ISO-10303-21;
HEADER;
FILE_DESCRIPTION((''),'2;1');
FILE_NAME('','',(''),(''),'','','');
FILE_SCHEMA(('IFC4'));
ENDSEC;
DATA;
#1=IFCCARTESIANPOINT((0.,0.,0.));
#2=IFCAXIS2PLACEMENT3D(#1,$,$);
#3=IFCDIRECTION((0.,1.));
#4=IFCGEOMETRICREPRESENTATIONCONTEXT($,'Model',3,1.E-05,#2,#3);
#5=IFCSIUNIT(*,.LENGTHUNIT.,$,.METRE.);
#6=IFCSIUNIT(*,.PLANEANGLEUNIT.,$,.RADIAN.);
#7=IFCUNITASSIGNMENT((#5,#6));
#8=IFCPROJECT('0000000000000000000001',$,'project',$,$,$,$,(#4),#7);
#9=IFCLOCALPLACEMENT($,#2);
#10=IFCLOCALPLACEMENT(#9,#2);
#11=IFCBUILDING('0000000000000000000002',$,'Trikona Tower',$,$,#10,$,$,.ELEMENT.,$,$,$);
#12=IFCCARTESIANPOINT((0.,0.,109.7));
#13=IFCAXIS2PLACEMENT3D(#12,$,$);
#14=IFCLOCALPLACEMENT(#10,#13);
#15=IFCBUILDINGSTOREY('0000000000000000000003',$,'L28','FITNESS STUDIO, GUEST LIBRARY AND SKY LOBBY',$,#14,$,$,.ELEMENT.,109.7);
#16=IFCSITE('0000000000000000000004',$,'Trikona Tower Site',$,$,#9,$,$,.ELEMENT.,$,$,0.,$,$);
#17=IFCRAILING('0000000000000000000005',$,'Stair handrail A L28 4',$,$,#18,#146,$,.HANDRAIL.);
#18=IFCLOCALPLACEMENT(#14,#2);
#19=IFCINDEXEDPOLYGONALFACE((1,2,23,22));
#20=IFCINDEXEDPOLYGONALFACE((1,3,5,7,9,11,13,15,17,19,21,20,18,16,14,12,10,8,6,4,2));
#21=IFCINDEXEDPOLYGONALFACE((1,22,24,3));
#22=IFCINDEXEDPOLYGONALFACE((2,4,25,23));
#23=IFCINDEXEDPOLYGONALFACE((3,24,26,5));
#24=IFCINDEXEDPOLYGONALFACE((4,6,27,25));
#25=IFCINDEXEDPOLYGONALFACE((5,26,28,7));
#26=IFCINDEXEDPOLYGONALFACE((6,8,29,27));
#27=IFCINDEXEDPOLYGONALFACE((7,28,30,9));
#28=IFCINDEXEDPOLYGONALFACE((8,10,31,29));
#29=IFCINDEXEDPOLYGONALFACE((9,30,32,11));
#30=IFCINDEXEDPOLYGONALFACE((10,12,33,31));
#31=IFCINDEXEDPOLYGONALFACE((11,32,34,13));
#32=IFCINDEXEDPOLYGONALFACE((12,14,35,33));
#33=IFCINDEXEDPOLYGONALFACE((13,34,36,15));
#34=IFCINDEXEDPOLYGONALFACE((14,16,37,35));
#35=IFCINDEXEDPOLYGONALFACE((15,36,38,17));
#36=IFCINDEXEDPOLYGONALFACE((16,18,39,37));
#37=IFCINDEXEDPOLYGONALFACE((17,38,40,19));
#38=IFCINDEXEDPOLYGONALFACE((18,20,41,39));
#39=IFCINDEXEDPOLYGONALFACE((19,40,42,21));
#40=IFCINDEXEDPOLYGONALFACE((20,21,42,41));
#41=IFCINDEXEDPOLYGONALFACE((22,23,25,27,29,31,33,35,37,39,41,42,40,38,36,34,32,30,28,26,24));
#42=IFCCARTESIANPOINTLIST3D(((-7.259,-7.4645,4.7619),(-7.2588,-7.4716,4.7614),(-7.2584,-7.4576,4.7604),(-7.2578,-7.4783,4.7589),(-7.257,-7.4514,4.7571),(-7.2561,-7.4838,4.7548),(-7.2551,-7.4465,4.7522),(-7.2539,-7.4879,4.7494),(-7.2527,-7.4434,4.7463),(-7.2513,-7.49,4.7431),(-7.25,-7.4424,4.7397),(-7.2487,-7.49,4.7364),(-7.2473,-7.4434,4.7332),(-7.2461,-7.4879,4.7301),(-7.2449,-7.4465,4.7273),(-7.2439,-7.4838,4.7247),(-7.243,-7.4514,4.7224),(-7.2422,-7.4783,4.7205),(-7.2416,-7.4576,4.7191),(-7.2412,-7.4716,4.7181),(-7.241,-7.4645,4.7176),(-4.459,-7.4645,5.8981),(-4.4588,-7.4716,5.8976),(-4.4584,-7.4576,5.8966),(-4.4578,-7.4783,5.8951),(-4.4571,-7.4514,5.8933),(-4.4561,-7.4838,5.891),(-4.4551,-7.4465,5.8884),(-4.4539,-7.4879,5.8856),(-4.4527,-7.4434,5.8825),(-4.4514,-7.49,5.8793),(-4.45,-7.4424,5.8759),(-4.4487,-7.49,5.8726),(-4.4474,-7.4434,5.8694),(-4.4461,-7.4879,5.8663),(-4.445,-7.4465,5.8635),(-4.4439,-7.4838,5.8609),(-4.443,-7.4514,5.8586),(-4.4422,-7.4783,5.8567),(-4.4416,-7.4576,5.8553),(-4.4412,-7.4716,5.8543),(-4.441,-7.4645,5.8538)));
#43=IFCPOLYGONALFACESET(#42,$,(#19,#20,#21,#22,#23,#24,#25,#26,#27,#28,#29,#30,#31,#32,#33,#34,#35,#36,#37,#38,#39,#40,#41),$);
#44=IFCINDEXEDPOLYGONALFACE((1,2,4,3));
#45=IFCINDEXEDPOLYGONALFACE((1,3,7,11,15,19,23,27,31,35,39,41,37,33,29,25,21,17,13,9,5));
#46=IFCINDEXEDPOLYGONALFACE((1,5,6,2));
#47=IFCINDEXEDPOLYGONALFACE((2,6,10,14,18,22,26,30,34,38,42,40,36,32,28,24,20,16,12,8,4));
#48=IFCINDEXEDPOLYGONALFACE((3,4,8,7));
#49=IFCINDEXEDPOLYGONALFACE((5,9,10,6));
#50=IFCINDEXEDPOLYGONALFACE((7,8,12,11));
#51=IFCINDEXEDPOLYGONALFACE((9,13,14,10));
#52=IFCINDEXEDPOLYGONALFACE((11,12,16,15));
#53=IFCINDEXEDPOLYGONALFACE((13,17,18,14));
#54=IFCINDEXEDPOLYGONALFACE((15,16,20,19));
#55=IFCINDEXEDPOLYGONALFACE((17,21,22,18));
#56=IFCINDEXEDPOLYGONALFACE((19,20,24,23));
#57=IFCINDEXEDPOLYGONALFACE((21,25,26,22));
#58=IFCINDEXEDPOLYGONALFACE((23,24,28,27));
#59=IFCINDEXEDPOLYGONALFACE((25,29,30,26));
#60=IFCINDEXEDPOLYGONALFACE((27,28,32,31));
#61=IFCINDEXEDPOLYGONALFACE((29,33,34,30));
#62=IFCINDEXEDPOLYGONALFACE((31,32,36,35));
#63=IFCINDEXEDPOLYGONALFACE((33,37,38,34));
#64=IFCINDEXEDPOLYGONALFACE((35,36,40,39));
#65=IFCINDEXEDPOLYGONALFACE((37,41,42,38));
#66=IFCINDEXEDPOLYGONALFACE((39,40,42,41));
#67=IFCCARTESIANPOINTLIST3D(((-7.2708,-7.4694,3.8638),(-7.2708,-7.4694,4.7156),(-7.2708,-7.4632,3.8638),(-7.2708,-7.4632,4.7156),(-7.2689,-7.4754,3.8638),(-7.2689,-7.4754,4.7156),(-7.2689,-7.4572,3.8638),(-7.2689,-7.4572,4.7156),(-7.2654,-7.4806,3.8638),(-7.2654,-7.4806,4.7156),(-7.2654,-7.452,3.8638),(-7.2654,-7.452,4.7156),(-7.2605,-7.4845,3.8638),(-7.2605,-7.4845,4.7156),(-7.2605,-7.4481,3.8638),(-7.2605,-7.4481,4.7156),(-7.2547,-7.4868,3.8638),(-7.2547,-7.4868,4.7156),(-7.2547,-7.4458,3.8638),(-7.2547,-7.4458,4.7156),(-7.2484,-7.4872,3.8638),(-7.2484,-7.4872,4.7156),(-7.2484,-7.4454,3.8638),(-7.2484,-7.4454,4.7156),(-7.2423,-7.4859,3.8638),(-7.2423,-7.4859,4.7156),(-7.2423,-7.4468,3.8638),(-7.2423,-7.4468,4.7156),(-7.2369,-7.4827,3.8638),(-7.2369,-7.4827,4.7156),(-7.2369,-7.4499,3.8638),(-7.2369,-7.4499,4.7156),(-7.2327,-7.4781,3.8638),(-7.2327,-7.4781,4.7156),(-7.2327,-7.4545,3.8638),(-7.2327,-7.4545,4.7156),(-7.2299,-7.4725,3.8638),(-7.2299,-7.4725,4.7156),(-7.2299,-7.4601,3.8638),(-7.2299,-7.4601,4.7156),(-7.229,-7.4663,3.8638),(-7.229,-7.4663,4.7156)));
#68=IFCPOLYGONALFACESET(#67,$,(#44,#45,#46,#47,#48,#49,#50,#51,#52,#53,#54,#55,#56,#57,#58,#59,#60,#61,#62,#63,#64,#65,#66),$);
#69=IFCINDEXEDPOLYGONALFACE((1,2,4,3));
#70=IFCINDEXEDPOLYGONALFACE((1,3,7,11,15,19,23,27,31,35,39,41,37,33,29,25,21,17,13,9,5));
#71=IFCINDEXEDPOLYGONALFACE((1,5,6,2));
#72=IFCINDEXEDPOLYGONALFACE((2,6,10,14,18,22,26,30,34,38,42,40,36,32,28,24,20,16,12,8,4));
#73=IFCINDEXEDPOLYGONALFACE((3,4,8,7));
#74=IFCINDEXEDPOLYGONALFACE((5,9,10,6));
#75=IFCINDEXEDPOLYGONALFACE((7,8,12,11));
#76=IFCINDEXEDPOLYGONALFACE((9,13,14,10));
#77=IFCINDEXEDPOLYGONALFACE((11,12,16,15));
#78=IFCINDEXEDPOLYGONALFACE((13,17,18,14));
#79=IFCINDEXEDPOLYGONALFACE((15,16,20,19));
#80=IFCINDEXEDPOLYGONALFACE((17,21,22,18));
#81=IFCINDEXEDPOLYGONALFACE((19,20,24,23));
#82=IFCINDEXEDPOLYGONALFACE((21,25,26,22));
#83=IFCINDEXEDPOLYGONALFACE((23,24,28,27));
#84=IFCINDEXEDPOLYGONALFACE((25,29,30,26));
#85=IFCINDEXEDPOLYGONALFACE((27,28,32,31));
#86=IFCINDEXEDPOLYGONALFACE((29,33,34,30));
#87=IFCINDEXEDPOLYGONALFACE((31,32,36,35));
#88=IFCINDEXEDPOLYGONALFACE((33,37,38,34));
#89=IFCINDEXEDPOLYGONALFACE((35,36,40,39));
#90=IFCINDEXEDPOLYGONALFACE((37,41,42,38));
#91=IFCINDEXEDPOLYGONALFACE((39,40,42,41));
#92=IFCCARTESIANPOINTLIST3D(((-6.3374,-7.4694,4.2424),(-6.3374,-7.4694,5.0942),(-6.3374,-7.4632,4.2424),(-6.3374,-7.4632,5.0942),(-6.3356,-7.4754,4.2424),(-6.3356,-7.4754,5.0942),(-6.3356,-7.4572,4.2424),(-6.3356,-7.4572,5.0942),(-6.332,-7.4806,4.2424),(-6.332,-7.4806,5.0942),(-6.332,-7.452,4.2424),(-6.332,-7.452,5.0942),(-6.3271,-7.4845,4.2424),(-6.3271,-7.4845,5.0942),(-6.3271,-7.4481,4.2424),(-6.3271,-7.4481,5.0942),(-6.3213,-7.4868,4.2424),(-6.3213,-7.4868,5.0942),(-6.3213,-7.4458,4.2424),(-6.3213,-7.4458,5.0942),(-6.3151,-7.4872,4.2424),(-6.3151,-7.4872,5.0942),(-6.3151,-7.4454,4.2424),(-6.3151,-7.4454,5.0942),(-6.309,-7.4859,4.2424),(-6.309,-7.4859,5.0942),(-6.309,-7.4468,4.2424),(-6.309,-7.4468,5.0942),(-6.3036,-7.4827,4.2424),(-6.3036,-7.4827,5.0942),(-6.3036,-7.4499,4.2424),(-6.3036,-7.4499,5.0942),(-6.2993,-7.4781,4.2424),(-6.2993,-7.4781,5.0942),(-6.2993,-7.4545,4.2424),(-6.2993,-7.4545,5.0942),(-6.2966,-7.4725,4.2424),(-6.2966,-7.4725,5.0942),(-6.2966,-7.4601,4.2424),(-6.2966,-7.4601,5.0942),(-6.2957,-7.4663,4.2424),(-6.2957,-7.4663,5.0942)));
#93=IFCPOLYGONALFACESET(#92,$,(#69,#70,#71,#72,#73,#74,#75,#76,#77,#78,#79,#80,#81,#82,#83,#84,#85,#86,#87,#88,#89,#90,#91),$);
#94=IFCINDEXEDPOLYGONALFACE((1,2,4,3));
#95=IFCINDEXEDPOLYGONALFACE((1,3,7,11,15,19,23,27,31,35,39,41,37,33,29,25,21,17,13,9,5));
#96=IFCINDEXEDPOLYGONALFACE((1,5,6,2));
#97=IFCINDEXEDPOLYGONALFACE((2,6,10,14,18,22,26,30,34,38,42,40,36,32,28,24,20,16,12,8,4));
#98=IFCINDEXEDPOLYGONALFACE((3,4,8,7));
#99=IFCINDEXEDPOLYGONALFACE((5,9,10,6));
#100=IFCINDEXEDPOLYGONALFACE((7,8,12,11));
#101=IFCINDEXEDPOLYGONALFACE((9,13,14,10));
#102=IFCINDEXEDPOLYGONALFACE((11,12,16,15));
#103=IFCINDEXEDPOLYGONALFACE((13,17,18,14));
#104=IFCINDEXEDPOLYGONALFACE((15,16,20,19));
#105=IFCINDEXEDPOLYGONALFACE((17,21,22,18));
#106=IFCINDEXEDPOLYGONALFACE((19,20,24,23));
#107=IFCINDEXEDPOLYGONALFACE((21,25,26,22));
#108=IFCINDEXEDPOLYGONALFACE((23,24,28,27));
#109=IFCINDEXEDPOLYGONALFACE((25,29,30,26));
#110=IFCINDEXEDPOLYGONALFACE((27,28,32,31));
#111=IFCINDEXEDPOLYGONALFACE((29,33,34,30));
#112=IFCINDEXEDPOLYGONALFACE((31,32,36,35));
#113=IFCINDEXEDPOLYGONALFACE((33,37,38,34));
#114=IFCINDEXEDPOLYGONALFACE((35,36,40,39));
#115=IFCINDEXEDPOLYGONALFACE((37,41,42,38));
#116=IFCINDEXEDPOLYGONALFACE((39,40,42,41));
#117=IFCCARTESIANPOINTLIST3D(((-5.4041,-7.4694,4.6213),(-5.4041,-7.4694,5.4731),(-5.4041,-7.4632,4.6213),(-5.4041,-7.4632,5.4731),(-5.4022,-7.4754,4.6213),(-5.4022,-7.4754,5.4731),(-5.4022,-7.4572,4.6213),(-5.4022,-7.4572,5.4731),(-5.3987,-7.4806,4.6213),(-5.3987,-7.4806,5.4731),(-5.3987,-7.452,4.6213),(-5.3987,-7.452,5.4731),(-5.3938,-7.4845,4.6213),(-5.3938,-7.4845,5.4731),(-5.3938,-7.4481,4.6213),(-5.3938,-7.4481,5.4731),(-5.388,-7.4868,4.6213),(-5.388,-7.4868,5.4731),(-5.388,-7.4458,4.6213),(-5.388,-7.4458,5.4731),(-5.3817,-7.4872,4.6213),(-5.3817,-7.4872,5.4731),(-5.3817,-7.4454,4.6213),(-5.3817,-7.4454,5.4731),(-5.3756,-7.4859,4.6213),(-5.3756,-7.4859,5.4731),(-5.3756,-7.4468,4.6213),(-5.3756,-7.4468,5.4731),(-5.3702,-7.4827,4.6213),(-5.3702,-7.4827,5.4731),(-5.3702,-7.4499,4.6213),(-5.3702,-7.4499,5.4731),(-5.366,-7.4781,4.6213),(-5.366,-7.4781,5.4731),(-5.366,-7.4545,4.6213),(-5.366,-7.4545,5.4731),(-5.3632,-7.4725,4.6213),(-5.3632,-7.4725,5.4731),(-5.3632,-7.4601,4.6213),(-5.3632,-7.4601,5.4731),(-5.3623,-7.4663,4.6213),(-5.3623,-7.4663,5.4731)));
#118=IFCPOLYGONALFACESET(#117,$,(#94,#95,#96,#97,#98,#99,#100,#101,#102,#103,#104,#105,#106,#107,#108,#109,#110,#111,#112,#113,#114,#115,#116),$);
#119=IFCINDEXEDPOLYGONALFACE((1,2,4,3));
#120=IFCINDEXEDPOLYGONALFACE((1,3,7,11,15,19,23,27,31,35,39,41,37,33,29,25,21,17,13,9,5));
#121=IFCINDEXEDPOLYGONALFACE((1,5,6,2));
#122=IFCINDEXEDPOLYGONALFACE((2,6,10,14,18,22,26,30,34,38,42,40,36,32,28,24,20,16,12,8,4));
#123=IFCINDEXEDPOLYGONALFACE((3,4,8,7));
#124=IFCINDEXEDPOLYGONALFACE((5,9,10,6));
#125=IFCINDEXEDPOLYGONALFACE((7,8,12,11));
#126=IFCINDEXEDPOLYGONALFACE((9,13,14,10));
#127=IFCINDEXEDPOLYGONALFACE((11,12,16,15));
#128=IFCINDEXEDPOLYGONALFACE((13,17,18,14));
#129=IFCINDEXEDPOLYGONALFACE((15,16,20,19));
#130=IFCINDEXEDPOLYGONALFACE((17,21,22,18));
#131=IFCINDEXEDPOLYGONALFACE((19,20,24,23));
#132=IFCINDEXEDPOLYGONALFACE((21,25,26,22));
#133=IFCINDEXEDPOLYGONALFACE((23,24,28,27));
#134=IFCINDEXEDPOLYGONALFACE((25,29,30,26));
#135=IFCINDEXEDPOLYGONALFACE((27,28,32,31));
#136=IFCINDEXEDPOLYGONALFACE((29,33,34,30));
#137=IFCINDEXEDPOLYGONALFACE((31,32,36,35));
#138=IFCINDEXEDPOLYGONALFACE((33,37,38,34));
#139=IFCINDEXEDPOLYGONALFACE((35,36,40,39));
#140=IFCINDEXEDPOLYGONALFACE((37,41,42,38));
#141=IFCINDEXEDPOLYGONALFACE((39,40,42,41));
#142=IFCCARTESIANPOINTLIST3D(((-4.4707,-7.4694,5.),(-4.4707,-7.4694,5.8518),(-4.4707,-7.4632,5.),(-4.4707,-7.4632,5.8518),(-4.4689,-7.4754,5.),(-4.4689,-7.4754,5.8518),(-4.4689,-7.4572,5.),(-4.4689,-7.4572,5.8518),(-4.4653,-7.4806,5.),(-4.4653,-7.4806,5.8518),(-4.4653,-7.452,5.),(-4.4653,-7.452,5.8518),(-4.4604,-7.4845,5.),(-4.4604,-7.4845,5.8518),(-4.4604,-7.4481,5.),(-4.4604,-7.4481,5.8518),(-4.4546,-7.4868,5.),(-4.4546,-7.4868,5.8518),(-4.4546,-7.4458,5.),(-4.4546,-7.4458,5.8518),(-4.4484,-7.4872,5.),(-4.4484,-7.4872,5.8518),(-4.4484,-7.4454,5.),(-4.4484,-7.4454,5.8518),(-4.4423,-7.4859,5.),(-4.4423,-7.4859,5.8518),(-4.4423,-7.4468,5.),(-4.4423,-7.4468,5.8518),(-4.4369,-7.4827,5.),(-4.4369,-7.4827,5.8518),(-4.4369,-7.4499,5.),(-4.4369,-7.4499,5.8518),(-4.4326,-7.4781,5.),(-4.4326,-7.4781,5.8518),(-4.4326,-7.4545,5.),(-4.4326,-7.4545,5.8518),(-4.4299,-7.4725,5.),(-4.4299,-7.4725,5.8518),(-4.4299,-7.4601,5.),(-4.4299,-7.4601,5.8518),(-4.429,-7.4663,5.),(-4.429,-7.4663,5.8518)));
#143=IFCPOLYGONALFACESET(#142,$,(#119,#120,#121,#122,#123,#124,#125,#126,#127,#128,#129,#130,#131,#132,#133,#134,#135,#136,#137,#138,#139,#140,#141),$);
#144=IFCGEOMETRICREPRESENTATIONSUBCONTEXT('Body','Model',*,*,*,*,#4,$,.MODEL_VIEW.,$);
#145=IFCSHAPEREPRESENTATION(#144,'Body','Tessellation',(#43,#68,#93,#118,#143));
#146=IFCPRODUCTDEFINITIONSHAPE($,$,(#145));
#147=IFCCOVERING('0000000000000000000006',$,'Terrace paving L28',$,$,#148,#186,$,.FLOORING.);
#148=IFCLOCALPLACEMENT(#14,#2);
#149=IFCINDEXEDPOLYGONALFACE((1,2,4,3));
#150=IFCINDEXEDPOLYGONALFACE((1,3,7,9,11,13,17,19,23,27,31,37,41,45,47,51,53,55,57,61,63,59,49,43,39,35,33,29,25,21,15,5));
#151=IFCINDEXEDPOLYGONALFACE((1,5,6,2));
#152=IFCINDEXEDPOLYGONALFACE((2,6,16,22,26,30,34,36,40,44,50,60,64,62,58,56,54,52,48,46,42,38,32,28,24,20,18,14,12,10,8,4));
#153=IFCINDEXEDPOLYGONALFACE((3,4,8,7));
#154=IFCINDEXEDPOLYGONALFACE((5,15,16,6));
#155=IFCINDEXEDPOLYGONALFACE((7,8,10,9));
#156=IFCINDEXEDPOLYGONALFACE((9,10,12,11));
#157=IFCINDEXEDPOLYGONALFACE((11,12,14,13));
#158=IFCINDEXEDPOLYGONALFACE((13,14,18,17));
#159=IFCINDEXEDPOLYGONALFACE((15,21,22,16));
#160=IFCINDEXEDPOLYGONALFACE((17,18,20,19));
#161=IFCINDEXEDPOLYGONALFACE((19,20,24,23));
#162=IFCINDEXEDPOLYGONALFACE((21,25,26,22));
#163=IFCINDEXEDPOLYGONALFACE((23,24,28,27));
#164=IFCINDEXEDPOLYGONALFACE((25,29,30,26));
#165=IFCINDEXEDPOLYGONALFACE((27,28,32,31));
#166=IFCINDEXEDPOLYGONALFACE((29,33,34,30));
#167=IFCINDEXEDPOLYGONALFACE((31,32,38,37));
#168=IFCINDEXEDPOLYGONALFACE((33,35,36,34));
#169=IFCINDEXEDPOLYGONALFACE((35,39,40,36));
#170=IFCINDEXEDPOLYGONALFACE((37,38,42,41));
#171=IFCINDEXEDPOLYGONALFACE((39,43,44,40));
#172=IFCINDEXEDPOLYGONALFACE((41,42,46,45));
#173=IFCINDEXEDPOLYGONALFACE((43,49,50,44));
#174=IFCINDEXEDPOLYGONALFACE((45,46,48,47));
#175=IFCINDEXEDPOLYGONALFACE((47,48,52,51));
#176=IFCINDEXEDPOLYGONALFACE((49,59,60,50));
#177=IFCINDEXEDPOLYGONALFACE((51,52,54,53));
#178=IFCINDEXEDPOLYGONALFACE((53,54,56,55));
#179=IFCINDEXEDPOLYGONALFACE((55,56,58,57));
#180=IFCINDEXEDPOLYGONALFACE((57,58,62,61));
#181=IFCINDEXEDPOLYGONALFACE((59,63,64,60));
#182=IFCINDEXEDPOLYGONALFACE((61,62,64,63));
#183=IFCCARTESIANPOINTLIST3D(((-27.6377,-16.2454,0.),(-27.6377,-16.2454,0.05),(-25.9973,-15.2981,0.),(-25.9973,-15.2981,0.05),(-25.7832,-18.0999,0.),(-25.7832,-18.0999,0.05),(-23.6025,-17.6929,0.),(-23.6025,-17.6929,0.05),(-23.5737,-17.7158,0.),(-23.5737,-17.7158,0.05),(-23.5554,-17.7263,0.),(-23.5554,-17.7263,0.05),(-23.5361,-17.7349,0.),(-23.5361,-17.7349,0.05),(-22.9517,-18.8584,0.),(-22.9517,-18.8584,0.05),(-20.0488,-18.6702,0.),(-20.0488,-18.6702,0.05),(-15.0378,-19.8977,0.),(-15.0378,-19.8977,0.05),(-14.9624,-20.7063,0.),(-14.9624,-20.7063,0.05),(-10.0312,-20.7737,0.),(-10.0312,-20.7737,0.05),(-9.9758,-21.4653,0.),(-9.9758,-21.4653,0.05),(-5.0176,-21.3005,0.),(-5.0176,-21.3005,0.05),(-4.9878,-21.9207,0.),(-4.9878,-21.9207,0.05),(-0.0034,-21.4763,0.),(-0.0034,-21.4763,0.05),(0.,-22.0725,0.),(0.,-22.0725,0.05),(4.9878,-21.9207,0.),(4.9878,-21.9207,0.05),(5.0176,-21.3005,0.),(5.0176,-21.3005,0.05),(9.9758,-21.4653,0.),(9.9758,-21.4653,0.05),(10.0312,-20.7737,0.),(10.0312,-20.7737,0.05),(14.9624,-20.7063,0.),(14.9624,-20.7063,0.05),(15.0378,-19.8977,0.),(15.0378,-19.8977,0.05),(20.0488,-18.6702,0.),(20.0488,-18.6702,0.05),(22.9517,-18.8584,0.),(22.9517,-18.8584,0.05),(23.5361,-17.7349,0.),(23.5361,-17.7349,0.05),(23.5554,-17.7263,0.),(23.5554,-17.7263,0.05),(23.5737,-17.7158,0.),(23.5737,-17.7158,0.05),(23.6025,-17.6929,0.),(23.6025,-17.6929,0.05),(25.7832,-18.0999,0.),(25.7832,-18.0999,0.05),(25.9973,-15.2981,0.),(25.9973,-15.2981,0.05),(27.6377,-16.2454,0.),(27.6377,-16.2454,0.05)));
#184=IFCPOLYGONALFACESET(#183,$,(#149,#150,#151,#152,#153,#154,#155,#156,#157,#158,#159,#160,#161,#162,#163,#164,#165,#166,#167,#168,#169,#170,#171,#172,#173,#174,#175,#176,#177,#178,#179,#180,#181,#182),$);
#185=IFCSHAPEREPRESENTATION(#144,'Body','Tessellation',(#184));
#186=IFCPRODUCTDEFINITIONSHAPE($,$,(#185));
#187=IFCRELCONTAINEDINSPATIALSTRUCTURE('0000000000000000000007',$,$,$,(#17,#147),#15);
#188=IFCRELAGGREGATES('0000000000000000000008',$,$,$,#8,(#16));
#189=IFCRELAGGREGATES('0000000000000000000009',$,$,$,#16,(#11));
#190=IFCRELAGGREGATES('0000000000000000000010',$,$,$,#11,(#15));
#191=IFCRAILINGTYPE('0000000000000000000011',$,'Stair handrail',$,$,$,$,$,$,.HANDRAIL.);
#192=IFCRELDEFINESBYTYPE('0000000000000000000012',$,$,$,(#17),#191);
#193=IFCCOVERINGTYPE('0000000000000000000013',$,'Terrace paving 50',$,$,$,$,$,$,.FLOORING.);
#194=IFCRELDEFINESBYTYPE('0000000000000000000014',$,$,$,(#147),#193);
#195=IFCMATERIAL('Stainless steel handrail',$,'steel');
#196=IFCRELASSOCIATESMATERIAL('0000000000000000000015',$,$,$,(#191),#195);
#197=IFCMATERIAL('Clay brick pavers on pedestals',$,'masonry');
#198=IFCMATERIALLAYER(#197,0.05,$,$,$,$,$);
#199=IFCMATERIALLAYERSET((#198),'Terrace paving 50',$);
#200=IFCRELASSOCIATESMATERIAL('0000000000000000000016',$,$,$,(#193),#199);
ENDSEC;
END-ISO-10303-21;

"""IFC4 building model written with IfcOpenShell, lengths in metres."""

from ifc_helpers import new_model, si_unit, direction, frame, origin, origin_2d, place, context, subcontext, project, spatial, polyline, circle, outline, extrude, material, layer, layer_set, type_object, element, save


model = new_model("IFC4")

# Units and contexts
model_context = context("Model", 3, precision=1e-05, world=origin(), true_north=direction((0.0, 1.0)))
body_context = subcontext(model_context, "Body", "Model", "MODEL_VIEW")
ifc_project = project(units=[si_unit("LENGTHUNIT", "METRE"), si_unit("PLANEANGLEUNIT", "RADIAN")], contexts=[model_context])

# Site, building, storey
site_placement = place(None, origin())
site = spatial("IfcSite", under=ifc_project, at=site_placement, Name="Trikona Tower Site", CompositionType="ELEMENT", RefElevation=0.0)
building_placement = place(site_placement, origin())
building = spatial("IfcBuilding", under=site, at=building_placement, Name="Trikona Tower", CompositionType="ELEMENT")
storey_placement = place(building_placement, frame((0.0, 0.0, 109.7)))
storey = spatial("IfcBuildingStorey", under=building, at=storey_placement, Name="L28", Description="FITNESS STUDIO, GUEST LIBRARY AND SKY LOBBY", CompositionType="ELEMENT", Elevation=109.7)

# Railing
ifc_material_1 = material(Name="Stainless steel handrail", Category="steel")
railing_type = type_object("IfcRailingType", Name="Stair handrail", PredefinedType="HANDRAIL", material=ifc_material_1)
railing_1_placement = place(storey_placement, frame((-7.25, -7.4663, 3.8638)))
element("IfcRailing", 1, at=railing_1_placement, inside=storey, type_object=railing_type, Name="Stair handrail A L28 4", PredefinedType="HANDRAIL", context=body_context, shape_type="SweptSolid", body=[
    extrude(circle(Radius=0.0239, at=origin_2d()), frame((0.0, 0.0, 0.876), z_axis=(0.926615, 0.0, 0.376011), x_axis=(0.0, 1.0, 0.0)), (0.0, 0.0, 1.0), 3.0217),
    extrude(circle(Radius=0.021, at=origin_2d()), origin(), (0.0, 0.0, 1.0), 0.8518),
    extrude(circle(Radius=0.021, at=origin_2d()), frame((0.9333, 0.0, 0.3787)), (0.0, 0.0, 1.0), 0.8518),
    extrude(circle(Radius=0.021, at=origin_2d()), frame((1.8667, 0.0, 0.7576)), (0.0, 0.0, 1.0), 0.8518),
    extrude(circle(Radius=0.021, at=origin_2d()), frame((2.8, 0.0, 1.1362)), (0.0, 0.0, 1.0), 0.8518),
])

# Covering
ifc_material_2 = material(Name="Clay brick pavers on pedestals", Category="masonry")
ifc_layer_1 = layer(ifc_material_2, 0.05)
ifc_layer_set_1 = layer_set([ifc_layer_1], Name="Terrace paving 50")
covering_type = type_object("IfcCoveringType", Name="Terrace paving 50", PredefinedType="FLOORING", material=ifc_layer_set_1)
covering_placement = place(storey_placement, origin())
element("IfcCovering", 2, at=covering_placement, inside=storey, type_object=covering_type, Name="Terrace paving L28", PredefinedType="FLOORING", context=body_context, shape_type="SweptSolid", body=[
    extrude(outline(polyline([(-27.6377, -16.2454), (-25.7832, -18.0999), (-22.9517, -18.8584), (-14.9624, -20.7063), (-9.9758, -21.4653), (-4.9878, -21.9207), (0.0, -22.0725), (4.9878, -21.9207), (9.9758, -21.4653), (14.9624, -20.7063), (22.9517, -18.8584), (25.7832, -18.0999), (27.6377, -16.2454), (25.9973, -15.2981), (23.6025, -17.6929), (23.5737, -17.7158), (23.5554, -17.7263), (23.5361, -17.7349), (20.0488, -18.6702), (15.0378, -19.8977), (10.0312, -20.7737), (5.0176, -21.3005), (-0.0034, -21.4763), (-5.0176, -21.3005), (-10.0312, -20.7737), (-15.0378, -19.8977), (-20.0488, -18.6702), (-23.5361, -17.7349), (-23.5554, -17.7263), (-23.5737, -17.7158), (-23.6025, -17.6929), (-25.9973, -15.2981), (-27.6377, -16.2454)])), origin(), (0.0, 0.0, 1.0), 0.05),
])

save(model, "model.ifc")
